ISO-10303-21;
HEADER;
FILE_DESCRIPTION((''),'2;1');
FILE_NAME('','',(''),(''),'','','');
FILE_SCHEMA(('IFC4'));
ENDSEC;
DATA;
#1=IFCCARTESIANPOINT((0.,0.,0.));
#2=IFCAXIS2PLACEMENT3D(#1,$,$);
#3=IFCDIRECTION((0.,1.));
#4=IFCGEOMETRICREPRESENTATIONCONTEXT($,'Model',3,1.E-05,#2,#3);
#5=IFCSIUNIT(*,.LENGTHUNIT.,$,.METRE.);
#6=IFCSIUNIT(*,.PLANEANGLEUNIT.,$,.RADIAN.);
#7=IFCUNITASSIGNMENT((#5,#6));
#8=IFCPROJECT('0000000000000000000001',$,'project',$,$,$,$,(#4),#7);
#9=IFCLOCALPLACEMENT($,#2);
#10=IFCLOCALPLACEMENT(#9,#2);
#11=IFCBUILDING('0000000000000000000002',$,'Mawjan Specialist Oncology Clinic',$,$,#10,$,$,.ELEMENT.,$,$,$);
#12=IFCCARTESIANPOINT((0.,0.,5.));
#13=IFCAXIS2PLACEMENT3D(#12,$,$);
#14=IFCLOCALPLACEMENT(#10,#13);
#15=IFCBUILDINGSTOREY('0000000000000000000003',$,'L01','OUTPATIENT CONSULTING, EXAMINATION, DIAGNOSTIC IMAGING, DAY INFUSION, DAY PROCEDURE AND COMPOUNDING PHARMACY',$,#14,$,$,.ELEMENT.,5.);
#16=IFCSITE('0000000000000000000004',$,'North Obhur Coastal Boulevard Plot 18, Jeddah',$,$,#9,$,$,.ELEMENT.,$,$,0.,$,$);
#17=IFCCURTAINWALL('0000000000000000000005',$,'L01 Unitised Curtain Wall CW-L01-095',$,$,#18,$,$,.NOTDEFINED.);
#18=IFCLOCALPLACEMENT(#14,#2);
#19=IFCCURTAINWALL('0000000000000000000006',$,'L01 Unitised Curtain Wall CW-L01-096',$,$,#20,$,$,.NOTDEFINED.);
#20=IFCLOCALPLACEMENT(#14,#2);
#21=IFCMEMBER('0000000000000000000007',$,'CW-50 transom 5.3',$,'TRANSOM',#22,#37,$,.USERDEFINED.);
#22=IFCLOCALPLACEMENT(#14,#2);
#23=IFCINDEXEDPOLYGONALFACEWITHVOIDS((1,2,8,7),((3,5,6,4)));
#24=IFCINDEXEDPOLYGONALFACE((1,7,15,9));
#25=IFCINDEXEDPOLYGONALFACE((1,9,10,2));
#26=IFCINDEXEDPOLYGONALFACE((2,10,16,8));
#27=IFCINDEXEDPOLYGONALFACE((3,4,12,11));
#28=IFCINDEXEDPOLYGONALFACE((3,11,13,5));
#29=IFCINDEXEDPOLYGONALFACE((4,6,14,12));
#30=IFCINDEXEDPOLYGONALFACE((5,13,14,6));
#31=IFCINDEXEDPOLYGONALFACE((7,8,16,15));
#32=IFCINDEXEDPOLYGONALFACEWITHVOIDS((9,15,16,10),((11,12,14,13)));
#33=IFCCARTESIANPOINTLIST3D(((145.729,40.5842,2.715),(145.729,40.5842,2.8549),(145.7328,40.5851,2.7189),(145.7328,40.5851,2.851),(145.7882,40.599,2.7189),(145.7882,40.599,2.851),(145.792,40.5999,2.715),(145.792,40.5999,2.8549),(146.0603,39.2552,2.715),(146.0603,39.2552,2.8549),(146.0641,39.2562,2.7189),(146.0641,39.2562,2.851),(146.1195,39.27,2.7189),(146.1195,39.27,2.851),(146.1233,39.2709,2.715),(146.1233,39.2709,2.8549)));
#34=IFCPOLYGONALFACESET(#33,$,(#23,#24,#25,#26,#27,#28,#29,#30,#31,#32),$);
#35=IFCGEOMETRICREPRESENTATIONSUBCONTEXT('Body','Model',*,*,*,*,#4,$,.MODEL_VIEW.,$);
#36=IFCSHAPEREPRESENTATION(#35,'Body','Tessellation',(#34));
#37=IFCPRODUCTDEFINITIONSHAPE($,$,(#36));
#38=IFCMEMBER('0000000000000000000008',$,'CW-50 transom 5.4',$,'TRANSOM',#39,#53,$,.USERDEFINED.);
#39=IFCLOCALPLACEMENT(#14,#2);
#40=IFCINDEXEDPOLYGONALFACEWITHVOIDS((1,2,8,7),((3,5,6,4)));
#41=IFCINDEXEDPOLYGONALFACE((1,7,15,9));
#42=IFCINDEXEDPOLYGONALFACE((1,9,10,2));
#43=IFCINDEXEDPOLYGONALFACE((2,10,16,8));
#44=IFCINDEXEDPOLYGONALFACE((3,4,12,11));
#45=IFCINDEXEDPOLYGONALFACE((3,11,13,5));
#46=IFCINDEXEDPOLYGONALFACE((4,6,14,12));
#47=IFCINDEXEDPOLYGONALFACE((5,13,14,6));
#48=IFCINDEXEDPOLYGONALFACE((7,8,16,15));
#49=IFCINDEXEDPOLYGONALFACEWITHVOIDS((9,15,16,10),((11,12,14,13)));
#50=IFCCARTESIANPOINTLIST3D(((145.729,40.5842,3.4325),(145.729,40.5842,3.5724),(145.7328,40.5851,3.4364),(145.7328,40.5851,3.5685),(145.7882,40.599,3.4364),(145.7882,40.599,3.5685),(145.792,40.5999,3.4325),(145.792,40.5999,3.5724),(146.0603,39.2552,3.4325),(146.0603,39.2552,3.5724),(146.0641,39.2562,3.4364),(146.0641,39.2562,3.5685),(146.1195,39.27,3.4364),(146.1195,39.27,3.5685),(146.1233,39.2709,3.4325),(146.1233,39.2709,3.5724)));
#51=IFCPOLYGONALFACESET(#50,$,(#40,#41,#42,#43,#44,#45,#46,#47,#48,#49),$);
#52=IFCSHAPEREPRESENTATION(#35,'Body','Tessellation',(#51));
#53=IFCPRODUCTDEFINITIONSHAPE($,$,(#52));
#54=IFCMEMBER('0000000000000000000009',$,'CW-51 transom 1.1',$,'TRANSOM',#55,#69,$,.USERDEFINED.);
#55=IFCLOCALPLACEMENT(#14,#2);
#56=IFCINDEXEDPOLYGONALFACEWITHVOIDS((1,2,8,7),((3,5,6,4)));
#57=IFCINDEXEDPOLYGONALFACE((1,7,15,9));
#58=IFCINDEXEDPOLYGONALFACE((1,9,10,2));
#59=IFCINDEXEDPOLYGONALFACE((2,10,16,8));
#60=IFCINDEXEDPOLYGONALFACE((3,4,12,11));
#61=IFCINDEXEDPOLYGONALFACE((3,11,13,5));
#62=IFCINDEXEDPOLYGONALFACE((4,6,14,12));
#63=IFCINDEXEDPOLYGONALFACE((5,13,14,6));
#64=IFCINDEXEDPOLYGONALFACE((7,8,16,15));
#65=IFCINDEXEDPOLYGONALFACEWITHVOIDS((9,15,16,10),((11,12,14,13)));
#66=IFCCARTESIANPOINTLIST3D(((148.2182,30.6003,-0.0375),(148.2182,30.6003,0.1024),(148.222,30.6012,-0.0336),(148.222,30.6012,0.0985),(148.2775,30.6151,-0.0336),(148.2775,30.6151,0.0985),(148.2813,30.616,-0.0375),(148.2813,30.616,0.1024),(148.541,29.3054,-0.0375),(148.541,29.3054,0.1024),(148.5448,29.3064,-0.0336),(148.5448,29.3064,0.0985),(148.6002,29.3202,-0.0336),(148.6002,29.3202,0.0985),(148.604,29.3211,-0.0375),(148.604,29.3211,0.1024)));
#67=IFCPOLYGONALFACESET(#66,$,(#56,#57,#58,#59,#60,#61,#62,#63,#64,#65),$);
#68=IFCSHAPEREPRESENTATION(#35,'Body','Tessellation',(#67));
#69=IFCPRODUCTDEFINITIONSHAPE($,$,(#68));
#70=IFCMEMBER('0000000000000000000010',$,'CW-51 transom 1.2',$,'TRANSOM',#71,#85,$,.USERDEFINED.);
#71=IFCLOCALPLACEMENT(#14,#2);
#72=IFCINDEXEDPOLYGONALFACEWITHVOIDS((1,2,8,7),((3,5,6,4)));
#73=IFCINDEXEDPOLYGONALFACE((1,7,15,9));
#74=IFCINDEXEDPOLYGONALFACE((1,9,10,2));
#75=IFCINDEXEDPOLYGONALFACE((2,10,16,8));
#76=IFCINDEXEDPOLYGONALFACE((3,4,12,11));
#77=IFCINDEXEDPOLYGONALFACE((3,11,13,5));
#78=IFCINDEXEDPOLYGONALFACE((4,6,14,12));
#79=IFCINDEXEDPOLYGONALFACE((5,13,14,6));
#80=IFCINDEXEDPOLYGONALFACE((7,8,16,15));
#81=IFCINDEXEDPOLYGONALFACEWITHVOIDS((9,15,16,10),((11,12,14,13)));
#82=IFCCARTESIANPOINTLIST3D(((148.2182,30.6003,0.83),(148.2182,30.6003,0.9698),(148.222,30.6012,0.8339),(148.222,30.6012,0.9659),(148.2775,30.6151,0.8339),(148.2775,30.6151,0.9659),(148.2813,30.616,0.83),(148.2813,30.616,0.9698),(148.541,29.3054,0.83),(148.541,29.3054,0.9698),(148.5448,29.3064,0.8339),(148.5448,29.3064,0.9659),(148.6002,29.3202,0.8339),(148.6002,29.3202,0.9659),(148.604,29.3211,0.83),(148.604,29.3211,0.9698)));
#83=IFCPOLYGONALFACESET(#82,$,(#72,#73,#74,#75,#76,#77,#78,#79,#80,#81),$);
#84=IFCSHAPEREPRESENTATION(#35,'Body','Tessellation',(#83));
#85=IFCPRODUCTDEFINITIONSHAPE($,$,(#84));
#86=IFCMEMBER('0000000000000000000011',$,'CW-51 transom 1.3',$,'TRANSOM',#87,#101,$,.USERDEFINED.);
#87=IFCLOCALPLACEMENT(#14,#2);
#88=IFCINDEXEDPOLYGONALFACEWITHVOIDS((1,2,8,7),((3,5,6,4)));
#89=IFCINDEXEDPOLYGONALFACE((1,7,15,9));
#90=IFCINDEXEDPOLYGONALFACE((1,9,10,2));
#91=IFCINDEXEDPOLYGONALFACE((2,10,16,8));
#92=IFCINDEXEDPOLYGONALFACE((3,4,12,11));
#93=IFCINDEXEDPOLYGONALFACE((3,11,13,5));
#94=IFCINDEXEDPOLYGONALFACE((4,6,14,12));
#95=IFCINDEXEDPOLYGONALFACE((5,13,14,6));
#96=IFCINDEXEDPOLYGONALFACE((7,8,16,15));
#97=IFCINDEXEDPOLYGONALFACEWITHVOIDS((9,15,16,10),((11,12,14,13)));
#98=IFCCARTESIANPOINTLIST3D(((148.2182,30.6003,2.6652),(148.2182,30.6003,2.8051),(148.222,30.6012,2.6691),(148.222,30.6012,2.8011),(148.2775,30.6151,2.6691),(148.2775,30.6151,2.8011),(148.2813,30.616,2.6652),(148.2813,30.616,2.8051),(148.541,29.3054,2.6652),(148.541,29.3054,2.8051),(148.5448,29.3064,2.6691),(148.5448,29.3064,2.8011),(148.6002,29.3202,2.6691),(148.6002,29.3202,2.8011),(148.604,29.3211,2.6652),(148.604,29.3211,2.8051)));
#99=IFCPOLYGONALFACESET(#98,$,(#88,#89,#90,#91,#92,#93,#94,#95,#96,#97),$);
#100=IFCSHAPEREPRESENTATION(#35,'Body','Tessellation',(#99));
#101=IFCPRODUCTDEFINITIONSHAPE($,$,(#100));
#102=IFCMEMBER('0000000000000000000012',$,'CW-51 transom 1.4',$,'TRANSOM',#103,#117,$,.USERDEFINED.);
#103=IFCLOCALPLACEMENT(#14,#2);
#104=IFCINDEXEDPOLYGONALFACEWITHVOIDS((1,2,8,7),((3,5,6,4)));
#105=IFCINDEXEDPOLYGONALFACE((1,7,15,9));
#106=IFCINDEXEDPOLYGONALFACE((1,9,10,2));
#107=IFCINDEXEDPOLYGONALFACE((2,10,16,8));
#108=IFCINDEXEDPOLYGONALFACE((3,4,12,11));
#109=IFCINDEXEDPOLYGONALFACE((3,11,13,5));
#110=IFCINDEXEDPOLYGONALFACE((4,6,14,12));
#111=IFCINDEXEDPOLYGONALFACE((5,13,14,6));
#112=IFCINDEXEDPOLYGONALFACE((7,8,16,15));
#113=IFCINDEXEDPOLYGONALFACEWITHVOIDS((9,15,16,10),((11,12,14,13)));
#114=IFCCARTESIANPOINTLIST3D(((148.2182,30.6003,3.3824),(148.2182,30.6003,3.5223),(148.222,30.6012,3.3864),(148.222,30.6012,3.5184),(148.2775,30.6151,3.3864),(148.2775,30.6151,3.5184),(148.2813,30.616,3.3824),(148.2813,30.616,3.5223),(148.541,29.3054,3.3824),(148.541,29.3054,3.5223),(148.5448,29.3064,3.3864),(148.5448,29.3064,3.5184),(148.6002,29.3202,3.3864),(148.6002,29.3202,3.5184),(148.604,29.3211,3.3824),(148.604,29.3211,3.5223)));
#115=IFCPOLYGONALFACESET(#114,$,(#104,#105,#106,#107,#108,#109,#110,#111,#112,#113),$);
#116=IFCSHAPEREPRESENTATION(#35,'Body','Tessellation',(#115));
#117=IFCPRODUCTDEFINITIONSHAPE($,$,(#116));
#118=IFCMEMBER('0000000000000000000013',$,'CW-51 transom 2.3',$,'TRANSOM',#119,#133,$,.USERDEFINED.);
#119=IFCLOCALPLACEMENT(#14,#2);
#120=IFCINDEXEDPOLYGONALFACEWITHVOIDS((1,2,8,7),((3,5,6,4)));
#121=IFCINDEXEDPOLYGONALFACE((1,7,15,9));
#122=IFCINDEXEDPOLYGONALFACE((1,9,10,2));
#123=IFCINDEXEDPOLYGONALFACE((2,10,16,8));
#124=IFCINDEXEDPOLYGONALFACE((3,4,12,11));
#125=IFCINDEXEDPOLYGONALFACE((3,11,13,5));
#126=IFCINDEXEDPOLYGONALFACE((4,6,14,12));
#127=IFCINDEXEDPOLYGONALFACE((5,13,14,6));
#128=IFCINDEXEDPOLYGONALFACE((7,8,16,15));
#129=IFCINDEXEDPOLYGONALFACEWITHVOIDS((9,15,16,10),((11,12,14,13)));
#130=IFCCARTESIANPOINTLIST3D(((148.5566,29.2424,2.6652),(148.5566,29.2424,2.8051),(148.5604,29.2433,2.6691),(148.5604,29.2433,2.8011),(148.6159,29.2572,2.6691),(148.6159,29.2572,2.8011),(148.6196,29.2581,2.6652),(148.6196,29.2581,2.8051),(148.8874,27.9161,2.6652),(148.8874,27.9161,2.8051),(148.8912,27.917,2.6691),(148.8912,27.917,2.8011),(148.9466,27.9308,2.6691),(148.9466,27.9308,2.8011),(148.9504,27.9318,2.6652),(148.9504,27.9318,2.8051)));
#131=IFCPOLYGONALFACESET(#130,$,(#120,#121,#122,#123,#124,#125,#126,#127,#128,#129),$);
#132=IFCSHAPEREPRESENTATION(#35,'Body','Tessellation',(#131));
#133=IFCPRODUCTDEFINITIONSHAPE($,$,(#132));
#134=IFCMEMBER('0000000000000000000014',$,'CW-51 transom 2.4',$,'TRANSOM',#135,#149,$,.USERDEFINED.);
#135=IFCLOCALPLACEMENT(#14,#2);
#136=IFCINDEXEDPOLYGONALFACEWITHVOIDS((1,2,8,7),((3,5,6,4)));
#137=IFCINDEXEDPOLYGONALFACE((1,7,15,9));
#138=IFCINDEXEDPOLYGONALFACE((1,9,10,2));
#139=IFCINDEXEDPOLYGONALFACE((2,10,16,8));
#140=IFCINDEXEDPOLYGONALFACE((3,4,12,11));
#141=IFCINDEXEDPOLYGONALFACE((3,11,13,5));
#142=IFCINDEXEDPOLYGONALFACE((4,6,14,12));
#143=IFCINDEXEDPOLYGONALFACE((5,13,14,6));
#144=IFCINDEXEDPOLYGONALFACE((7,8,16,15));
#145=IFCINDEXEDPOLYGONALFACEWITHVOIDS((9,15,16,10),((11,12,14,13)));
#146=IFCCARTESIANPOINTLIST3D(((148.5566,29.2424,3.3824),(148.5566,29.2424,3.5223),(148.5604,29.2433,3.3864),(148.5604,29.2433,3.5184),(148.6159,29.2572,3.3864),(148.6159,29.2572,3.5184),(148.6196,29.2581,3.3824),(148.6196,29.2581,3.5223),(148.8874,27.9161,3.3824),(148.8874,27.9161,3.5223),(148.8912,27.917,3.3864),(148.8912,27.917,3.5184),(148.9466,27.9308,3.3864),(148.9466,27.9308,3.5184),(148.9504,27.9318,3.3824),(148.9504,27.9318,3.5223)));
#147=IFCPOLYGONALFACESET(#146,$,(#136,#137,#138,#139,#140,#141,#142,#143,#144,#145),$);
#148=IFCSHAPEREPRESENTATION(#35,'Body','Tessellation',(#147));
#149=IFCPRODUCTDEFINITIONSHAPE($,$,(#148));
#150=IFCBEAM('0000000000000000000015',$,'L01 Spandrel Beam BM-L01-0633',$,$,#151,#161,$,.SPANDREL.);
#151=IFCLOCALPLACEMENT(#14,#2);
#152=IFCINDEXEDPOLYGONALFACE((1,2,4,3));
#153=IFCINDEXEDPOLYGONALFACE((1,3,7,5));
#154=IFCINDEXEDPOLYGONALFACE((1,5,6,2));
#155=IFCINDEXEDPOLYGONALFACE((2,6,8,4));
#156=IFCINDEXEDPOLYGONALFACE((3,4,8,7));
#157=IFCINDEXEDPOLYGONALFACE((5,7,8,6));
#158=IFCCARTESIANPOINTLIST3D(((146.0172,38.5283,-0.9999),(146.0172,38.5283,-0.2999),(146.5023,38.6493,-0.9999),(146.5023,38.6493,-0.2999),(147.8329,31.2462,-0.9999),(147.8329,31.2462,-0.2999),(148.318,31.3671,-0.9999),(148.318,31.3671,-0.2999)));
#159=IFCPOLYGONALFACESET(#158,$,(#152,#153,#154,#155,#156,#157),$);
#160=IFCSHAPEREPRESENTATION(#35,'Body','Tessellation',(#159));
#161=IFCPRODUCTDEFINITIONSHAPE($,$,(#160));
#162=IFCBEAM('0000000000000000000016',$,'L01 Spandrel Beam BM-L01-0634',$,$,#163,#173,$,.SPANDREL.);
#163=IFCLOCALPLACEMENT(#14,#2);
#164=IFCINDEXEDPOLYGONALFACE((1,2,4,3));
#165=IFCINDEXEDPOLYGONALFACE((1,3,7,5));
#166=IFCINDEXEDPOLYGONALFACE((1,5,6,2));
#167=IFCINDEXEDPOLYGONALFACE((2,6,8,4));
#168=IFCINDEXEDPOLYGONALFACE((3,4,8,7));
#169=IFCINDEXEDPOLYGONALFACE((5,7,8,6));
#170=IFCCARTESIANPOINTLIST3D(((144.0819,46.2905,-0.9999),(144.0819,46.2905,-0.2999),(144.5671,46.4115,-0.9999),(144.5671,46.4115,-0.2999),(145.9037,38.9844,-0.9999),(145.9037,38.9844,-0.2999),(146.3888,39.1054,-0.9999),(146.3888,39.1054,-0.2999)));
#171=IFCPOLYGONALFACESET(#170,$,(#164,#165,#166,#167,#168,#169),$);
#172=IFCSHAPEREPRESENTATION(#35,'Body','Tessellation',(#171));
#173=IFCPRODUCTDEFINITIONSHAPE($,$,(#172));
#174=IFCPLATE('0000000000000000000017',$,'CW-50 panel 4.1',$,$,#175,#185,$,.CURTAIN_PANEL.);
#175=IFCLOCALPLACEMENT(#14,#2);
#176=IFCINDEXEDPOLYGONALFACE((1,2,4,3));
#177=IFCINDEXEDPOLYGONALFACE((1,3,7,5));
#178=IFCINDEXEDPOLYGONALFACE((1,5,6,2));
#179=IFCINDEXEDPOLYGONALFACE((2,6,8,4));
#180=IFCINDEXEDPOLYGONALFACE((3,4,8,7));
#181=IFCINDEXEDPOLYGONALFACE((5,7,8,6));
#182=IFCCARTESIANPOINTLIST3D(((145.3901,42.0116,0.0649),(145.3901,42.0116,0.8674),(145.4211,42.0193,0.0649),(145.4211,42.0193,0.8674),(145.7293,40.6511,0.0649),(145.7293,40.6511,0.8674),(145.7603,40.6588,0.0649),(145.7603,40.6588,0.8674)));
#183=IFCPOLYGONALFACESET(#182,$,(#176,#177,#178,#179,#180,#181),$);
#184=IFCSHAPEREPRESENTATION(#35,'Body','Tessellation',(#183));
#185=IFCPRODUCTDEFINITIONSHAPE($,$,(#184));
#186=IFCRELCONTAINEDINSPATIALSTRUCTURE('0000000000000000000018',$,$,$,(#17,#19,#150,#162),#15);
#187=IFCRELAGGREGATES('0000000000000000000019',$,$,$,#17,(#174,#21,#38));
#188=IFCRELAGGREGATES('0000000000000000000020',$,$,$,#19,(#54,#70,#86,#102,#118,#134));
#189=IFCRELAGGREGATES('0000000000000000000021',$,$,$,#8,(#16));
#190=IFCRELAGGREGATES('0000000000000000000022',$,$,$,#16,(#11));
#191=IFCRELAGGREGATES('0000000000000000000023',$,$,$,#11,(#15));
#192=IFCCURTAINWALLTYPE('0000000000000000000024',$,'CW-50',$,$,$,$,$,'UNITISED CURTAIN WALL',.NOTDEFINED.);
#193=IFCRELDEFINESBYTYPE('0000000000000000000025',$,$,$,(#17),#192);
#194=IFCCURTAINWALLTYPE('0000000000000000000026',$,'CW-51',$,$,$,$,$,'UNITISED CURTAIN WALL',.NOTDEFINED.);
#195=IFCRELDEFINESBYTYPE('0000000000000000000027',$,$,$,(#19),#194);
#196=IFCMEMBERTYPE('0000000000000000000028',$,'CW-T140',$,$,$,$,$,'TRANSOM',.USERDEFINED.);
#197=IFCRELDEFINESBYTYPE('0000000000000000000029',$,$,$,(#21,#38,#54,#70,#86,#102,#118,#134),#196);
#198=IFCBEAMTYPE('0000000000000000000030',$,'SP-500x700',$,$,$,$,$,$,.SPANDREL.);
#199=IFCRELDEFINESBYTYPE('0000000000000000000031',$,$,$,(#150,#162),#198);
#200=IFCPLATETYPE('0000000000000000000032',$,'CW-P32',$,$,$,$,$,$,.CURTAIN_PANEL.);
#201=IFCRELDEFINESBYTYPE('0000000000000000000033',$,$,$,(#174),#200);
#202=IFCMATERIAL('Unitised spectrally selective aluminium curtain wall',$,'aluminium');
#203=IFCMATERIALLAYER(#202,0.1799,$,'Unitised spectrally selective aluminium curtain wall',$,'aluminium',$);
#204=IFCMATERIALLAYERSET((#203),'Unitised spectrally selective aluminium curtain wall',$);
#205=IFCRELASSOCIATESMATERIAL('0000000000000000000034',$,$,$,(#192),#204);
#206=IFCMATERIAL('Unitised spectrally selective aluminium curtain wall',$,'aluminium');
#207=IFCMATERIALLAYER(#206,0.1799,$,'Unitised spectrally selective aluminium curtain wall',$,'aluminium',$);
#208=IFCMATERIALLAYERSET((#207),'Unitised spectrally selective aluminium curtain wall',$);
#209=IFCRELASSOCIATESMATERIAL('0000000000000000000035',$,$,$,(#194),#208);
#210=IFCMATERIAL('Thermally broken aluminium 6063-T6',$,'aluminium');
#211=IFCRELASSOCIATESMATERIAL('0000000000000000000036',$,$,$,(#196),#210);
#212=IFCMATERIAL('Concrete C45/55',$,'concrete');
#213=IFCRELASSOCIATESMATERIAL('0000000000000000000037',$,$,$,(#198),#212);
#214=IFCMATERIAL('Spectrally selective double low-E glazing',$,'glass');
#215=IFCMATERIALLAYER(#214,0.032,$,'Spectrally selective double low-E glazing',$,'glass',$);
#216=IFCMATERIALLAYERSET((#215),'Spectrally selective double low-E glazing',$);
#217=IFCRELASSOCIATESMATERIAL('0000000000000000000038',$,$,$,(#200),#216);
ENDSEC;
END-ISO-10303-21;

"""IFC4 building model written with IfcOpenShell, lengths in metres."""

from ifc_helpers import new_model, si_unit, direction, frame, origin, origin_2d, place, context, subcontext, project, spatial, rectangle, hollow_rectangle, extrude, material, layer, layer_set, material_profile, profile_set, type_object, element, aggregate, save


model = new_model("IFC4")

# Units and contexts
model_context = context("Model", 3, precision=1e-05, world=origin(), true_north=direction((0.0, 1.0)))
body_context = subcontext(model_context, "Body", "Model", "MODEL_VIEW")
ifc_project = project(units=[si_unit("LENGTHUNIT", "METRE"), si_unit("PLANEANGLEUNIT", "RADIAN")], contexts=[model_context])

# Site, building, storey
site_placement = place(None, origin())
site = spatial("IfcSite", under=ifc_project, at=site_placement, Name="North Obhur Coastal Boulevard Plot 18, Jeddah", CompositionType="ELEMENT", RefElevation=0.0)
building_placement = place(site_placement, origin())
building = spatial("IfcBuilding", under=site, at=building_placement, Name="Mawjan Specialist Oncology Clinic", CompositionType="ELEMENT")
storey_placement = place(building_placement, frame((0.0, 0.0, 5.0)))
storey = spatial("IfcBuildingStorey", under=building, at=storey_placement, Name="L01", Description="OUTPATIENT CONSULTING, EXAMINATION, DIAGNOSTIC IMAGING, DAY INFUSION, DAY PROCEDURE AND COMPOUNDING PHARMACY", CompositionType="ELEMENT", Elevation=5.0)

# Curtain walls
ifc_material_1 = material(Name="Unitised spectrally selective aluminium curtain wall", Category="aluminium")
ifc_layer_1 = layer(ifc_material_1, 0.1799, Name="Unitised spectrally selective aluminium curtain wall", Category="aluminium")
ifc_layer_set_1 = layer_set([ifc_layer_1], Name="Unitised spectrally selective aluminium curtain wall")
curtain_wall_type_1 = type_object("IfcCurtainWallType", Name="CW-50", ElementType="UNITISED CURTAIN WALL", PredefinedType="NOTDEFINED", material=ifc_layer_set_1)
curtain_wall_1_placement = place(storey_placement, origin())
curtain_wall_1 = element("IfcCurtainWall", 1, at=curtain_wall_1_placement, inside=storey, type_object=curtain_wall_type_1, Name="L01 Unitised Curtain Wall CW-L01-095", PredefinedType="NOTDEFINED")
ifc_material_2 = material(Name="Unitised spectrally selective aluminium curtain wall", Category="aluminium")
ifc_layer_2 = layer(ifc_material_2, 0.1799, Name="Unitised spectrally selective aluminium curtain wall", Category="aluminium")
ifc_layer_set_2 = layer_set([ifc_layer_2], Name="Unitised spectrally selective aluminium curtain wall")
curtain_wall_type_2 = type_object("IfcCurtainWallType", Name="CW-51", ElementType="UNITISED CURTAIN WALL", PredefinedType="NOTDEFINED", material=ifc_layer_set_2)
curtain_wall_2_placement = place(storey_placement, origin())
curtain_wall_2 = element("IfcCurtainWall", 2, at=curtain_wall_2_placement, inside=storey, type_object=curtain_wall_type_2, Name="L01 Unitised Curtain Wall CW-L01-096", PredefinedType="NOTDEFINED")

# Members
ifc_material_3 = material(Name="Thermally broken aluminium 6063-T6", Category="aluminium")
ifc_material_profile_1 = material_profile(ifc_material_3, hollow_rectangle(XDim=0.0649, YDim=0.1399, WallThickness=0.0039, at=origin_2d()), Name="ALU TRANSOM 140x65x4", Category="aluminium")
ifc_profile_set_1 = profile_set([ifc_material_profile_1], Name="Thermally broken aluminium 6063-T6")
member_type_1 = type_object("IfcMemberType", Name="CW-T140", ElementType="TRANSOM", PredefinedType="USERDEFINED", material=ifc_profile_set_1)
member_1_placement = place(storey_placement, frame((145.7605, 40.592, 2.7849), z_axis=(0.241906, -0.9703, 0.0), x_axis=(0.9703, 0.241906, 0.0)))
member_1 = element("IfcMember", 3, at=member_1_placement, type_object=member_type_1, Name="CW-50 transom 5.3", ObjectType="TRANSOM", PredefinedType="USERDEFINED", context=body_context, shape_type="SweptSolid", body=[
    extrude(hollow_rectangle(XDim=0.0649, YDim=0.1399, WallThickness=0.0039, at=origin_2d()), origin(), (0.0, 0.0, 1.0), 1.3696),
])
member_2_placement = place(storey_placement, frame((145.7605, 40.592, 3.5024), z_axis=(0.241906, -0.9703, 0.0), x_axis=(0.9703, 0.241906, 0.0)))
member_2 = element("IfcMember", 4, at=member_2_placement, type_object=member_type_1, Name="CW-50 transom 5.4", ObjectType="TRANSOM", PredefinedType="USERDEFINED", context=body_context, shape_type="SweptSolid", body=[
    extrude(hollow_rectangle(XDim=0.0649, YDim=0.1399, WallThickness=0.0039, at=origin_2d()), origin(), (0.0, 0.0, 1.0), 1.3696),
])
member_3_placement = place(storey_placement, frame((148.2498, 30.6082, 0.0325), z_axis=(0.241847, -0.970314, 0.0), x_axis=(0.970314, 0.241847, 0.0)))
member_3 = element("IfcMember", 5, at=member_3_placement, type_object=member_type_1, Name="CW-51 transom 1.1", ObjectType="TRANSOM", PredefinedType="USERDEFINED", context=body_context, shape_type="SweptSolid", body=[
    extrude(hollow_rectangle(XDim=0.0649, YDim=0.1399, WallThickness=0.0039, at=origin_2d()), origin(), (0.0, 0.0, 1.0), 1.3345),
])
member_4_placement = place(storey_placement, frame((148.2498, 30.6082, 0.8999), z_axis=(0.241847, -0.970314, 0.0), x_axis=(0.970314, 0.241847, 0.0)))
member_4 = element("IfcMember", 6, at=member_4_placement, type_object=member_type_1, Name="CW-51 transom 1.2", ObjectType="TRANSOM", PredefinedType="USERDEFINED", context=body_context, shape_type="SweptSolid", body=[
    extrude(hollow_rectangle(XDim=0.0649, YDim=0.1399, WallThickness=0.0039, at=origin_2d()), origin(), (0.0, 0.0, 1.0), 1.3345),
])
member_5_placement = place(storey_placement, frame((148.2498, 30.6082, 2.7351), z_axis=(0.241847, -0.970314, 0.0), x_axis=(0.970314, 0.241847, 0.0)))
member_5 = element("IfcMember", 7, at=member_5_placement, type_object=member_type_1, Name="CW-51 transom 1.3", ObjectType="TRANSOM", PredefinedType="USERDEFINED", context=body_context, shape_type="SweptSolid", body=[
    extrude(hollow_rectangle(XDim=0.0649, YDim=0.1399, WallThickness=0.0039, at=origin_2d()), origin(), (0.0, 0.0, 1.0), 1.3345),
])
member_6_placement = place(storey_placement, frame((148.2498, 30.6082, 3.4524), z_axis=(0.241847, -0.970314, 0.0), x_axis=(0.970314, 0.241847, 0.0)))
member_6 = element("IfcMember", 8, at=member_6_placement, type_object=member_type_1, Name="CW-51 transom 1.4", ObjectType="TRANSOM", PredefinedType="USERDEFINED", context=body_context, shape_type="SweptSolid", body=[
    extrude(hollow_rectangle(XDim=0.0649, YDim=0.1399, WallThickness=0.0039, at=origin_2d()), origin(), (0.0, 0.0, 1.0), 1.3345),
])
member_7_placement = place(storey_placement, frame((148.5881, 29.2502, 2.7351), z_axis=(0.241989, -0.970279, 0.0), x_axis=(0.970279, 0.241989, 0.0)))
member_7 = element("IfcMember", 9, at=member_7_placement, type_object=member_type_1, Name="CW-51 transom 2.3", ObjectType="TRANSOM", PredefinedType="USERDEFINED", context=body_context, shape_type="SweptSolid", body=[
    extrude(hollow_rectangle(XDim=0.0649, YDim=0.1399, WallThickness=0.0039, at=origin_2d()), origin(), (0.0, 0.0, 1.0), 1.3669),
])
member_8_placement = place(storey_placement, frame((148.5881, 29.2502, 3.4524), z_axis=(0.241989, -0.970279, 0.0), x_axis=(0.970279, 0.241989, 0.0)))
member_8 = element("IfcMember", 10, at=member_8_placement, type_object=member_type_1, Name="CW-51 transom 2.4", ObjectType="TRANSOM", PredefinedType="USERDEFINED", context=body_context, shape_type="SweptSolid", body=[
    extrude(hollow_rectangle(XDim=0.0649, YDim=0.1399, WallThickness=0.0039, at=origin_2d()), origin(), (0.0, 0.0, 1.0), 1.3669),
])

# Beams
ifc_material_4 = material(Name="Concrete C45/55", Category="concrete")
ifc_material_profile_2 = material_profile(ifc_material_4, rectangle(XDim=0.5, YDim=0.7, at=origin_2d()), Name="RC BM 500x700", Category="concrete")
ifc_profile_set_2 = profile_set([ifc_material_profile_2], Name="Concrete C45/55")
beam_type = type_object("IfcBeamType", Name="SP-500x700", PredefinedType="SPANDREL", material=ifc_profile_set_2)
beam_1_placement = place(storey_placement, frame((148.0754, 31.3066, -0.6499), z_axis=(-0.241923, 0.970295, 0.0), x_axis=(-0.970295, -0.241923, 0.0)))
element("IfcBeam", 11, at=beam_1_placement, inside=storey, type_object=beam_type, Name="L01 Spandrel Beam BM-L01-0633", PredefinedType="SPANDREL", context=body_context, shape_type="SweptSolid", body=[
    extrude(rectangle(XDim=0.5, YDim=0.7, at=origin_2d()), origin(), (0.0, 0.0, 1.0), 7.5051),
])
beam_2_placement = place(storey_placement, frame((146.1462, 39.0449, -0.6499), z_axis=(-0.241941, 0.970291, 0.0), x_axis=(-0.970291, -0.241941, 0.0)))
element("IfcBeam", 12, at=beam_2_placement, inside=storey, type_object=beam_type, Name="L01 Spandrel Beam BM-L01-0634", PredefinedType="SPANDREL", context=body_context, shape_type="SweptSolid", body=[
    extrude(rectangle(XDim=0.5, YDim=0.7, at=origin_2d()), origin(), (0.0, 0.0, 1.0), 7.5298),
])

# Plate
ifc_material_5 = material(Name="Spectrally selective double low-E glazing", Category="glass")
ifc_layer_3 = layer(ifc_material_5, 0.032, Name="Spectrally selective double low-E glazing", Category="glass")
ifc_layer_set_3 = layer_set([ifc_layer_3], Name="Spectrally selective double low-E glazing")
plate_type = type_object("IfcPlateType", Name="CW-P32", PredefinedType="CURTAIN_PANEL", material=ifc_layer_set_3)
plate_1_placement = place(storey_placement, frame((145.5752, 41.3352, 0.0649), z_axis=(0.0, 0.0, 1.0), x_axis=(0.241922, -0.970296, 0.0)))
plate_1 = element("IfcPlate", 13, at=plate_1_placement, type_object=plate_type, Name="CW-50 panel 4.1", PredefinedType="CURTAIN_PANEL", context=body_context, shape_type="SweptSolid", body=[
    extrude(rectangle(XDim=1.4021, YDim=0.032, at=origin_2d()), origin(), (0.0, 0.0, 1.0), 0.8025),
])
aggregate(curtain_wall_1, [plate_1, member_1, member_2])
aggregate(curtain_wall_2, [member_3, member_4, member_5, member_6, member_7, member_8])

save(model, "model.ifc")
